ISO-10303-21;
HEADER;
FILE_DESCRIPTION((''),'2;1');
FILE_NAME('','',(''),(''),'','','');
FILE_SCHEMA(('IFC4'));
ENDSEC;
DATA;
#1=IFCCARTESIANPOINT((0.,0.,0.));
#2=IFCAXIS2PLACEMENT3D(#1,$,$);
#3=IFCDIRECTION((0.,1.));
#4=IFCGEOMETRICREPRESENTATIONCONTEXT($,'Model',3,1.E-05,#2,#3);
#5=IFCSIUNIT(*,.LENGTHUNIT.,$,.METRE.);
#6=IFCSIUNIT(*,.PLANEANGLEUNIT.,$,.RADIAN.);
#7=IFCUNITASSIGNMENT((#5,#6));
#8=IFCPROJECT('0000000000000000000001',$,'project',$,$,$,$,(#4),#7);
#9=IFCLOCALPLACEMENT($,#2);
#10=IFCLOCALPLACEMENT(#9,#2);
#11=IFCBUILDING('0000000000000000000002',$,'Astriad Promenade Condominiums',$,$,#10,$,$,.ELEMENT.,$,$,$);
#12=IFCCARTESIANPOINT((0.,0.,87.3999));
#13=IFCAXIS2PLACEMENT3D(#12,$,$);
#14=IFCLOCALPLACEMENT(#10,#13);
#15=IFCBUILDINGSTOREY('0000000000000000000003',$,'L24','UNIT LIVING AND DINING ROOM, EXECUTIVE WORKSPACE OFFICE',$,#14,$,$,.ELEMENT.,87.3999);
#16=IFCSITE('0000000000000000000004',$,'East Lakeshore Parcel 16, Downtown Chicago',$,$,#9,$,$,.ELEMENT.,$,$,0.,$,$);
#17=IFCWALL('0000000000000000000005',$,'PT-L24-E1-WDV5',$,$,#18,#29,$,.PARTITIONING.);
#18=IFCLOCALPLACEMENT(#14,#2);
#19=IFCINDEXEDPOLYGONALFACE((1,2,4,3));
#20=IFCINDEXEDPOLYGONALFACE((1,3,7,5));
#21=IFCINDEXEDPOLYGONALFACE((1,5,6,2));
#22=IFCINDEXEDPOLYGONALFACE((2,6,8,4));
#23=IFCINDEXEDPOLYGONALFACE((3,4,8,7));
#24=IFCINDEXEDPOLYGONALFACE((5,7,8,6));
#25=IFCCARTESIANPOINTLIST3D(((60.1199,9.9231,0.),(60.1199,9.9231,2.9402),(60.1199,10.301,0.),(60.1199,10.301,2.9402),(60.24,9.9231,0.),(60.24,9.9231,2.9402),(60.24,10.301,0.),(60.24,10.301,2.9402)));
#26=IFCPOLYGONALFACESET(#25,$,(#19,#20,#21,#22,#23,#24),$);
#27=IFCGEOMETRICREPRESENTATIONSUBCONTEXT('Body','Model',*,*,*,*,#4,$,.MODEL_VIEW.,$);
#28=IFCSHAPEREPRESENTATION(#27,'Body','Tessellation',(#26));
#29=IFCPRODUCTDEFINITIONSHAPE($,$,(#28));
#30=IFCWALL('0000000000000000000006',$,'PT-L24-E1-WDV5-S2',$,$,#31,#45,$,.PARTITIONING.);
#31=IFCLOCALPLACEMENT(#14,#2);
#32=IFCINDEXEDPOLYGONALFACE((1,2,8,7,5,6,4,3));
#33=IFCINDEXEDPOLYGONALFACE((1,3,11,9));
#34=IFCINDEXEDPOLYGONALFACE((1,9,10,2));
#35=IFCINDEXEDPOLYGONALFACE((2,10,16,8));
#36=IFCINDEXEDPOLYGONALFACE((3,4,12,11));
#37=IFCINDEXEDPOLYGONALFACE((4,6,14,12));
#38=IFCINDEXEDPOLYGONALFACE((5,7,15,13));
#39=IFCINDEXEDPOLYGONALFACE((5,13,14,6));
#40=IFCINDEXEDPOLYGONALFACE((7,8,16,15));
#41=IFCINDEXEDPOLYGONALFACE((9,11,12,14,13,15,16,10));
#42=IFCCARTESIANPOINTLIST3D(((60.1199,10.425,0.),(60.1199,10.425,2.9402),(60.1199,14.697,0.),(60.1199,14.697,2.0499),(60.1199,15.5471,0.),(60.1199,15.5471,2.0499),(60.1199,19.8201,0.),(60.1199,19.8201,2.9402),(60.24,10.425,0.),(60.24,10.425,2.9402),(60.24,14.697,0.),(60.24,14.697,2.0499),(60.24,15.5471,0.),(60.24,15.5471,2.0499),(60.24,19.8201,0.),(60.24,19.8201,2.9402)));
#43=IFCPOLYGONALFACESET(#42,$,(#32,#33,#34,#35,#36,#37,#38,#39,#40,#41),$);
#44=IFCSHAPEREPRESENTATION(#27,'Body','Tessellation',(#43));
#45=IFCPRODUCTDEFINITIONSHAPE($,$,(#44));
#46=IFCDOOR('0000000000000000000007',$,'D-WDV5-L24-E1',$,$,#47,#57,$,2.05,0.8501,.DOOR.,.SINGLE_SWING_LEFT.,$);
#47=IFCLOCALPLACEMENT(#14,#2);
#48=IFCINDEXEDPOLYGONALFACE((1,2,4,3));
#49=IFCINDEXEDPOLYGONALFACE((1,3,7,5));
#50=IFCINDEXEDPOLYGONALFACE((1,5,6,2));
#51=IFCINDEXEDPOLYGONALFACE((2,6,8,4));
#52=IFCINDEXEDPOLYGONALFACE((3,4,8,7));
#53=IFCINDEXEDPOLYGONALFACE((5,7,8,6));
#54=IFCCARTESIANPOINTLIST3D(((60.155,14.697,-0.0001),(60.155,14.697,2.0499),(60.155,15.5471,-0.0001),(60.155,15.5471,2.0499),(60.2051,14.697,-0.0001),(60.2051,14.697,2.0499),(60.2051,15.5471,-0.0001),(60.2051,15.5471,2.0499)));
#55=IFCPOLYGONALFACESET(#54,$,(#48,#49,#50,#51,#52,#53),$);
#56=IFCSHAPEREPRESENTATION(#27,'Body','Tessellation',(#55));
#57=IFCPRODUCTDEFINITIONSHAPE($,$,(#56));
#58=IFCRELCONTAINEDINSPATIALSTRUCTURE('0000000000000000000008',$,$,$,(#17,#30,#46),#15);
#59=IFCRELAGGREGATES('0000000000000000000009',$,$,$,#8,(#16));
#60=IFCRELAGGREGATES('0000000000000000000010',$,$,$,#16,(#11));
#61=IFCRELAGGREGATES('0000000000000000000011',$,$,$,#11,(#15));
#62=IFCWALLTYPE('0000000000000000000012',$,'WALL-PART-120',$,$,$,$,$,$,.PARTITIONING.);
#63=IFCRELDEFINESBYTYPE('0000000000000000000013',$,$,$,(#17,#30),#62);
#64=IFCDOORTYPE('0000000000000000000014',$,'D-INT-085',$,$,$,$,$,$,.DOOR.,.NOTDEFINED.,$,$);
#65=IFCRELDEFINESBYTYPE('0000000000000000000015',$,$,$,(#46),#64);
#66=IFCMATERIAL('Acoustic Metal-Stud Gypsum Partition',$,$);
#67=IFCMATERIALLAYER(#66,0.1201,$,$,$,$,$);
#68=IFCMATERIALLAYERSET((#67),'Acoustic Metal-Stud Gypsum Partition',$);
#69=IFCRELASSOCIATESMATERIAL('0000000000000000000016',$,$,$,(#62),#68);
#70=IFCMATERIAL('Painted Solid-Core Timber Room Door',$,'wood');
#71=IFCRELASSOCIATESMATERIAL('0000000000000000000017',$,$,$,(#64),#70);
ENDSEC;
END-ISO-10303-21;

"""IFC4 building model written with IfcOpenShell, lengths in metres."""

from ifc_helpers import new_model, si_unit, direction, frame, frame_2d, origin, place, context, subcontext, project, spatial, rectangle, extrude, source, transform, mapped, material, layer, layer_set, type_object, type_shapes, element, fill, save


model = new_model("IFC4")

# Units and contexts
model_context = context("Model", 3, precision=1e-05, world=origin(), true_north=direction((0.0, 1.0)))
body_context = subcontext(model_context, "Body", "Model", "MODEL_VIEW")
ifc_project = project(units=[si_unit("LENGTHUNIT", "METRE"), si_unit("PLANEANGLEUNIT", "RADIAN")], contexts=[model_context])

# Site, building, storey
site_placement = place(None, origin())
site = spatial("IfcSite", under=ifc_project, at=site_placement, Name="East Lakeshore Parcel 16, Downtown Chicago", CompositionType="ELEMENT", RefElevation=0.0)
building_placement = place(site_placement, origin())
building = spatial("IfcBuilding", under=site, at=building_placement, Name="Astriad Promenade Condominiums", CompositionType="ELEMENT")
storey_placement = place(building_placement, frame((0.0, 0.0, 87.3999)))
storey = spatial("IfcBuildingStorey", under=building, at=storey_placement, Name="L24", Description="UNIT LIVING AND DINING ROOM, EXECUTIVE WORKSPACE OFFICE", CompositionType="ELEMENT", Elevation=87.3999)

# Shared definitions
ifc_material_1 = material(Name="Acoustic Metal-Stud Gypsum Partition")
ifc_layer_1 = layer(ifc_material_1, 0.1201)
ifc_layer_set_1 = layer_set([ifc_layer_1], Name="Acoustic Metal-Stud Gypsum Partition")
wall_type_1 = type_object("IfcWallType", Name="WALL-PART-120", PredefinedType="PARTITIONING", material=ifc_layer_set_1)

# Shared definitions
ifc_material_2 = material(Name="Painted Solid-Core Timber Room Door", Category="wood")
door_type_1 = type_object("IfcDoorType", Name="D-INT-085", OperationType="NOTDEFINED", PredefinedType="DOOR", material=ifc_material_2)
shared_shape_1 = source(origin(), body_context, "Body", "SweptSolid", [
    extrude(rectangle(XDim=0.8501, YDim=2.05, at=frame_2d((0.425, 1.0249))), frame((0.0, 0.0249, 0.0), z_axis=(0.0, -1.0, 0.0), x_axis=(1.0, 0.0, 0.0)), (0.0, 0.0, 1.0), 0.05),
])
type_shapes(door_type_1, [shared_shape_1])

# Wall
wall_1_placement = place(storey_placement, frame((60.1799, 9.9231, 0.0), z_axis=(0.0, 0.0, 1.0), x_axis=(0.0, 1.0, 0.0)))
element("IfcWall", 1, at=wall_1_placement, inside=storey, type_object=wall_type_1, Name="PT-L24-E1-WDV5", PredefinedType="PARTITIONING", context=body_context, shape_type="SweptSolid", body=[
    extrude(rectangle(XDim=0.3779, YDim=0.1201, at=frame_2d((0.189, 0.0))), origin(), (0.0, 0.0, 1.0), 2.9402),
])

# Wall, opening, door
wall_2_placement = place(storey_placement, frame((60.1799, 10.425, 0.0), z_axis=(0.0, 0.0, 1.0), x_axis=(0.0, 1.0, 0.0)))
wall_2 = element("IfcWall", 2, at=wall_2_placement, inside=storey, type_object=wall_type_1, Name="PT-L24-E1-WDV5-S2", PredefinedType="PARTITIONING", context=body_context, shape_type="SweptSolid", body=[
    extrude(rectangle(XDim=9.395, YDim=0.1201, at=frame_2d((4.6975, 0.0))), origin(), (0.0, 0.0, 1.0), 2.9402),
])
opening_1_placement = place(wall_2_placement, frame((4.272, 0.0, 0.0)))
opening_1 = element("IfcOpeningElement", 3, at=opening_1_placement, cuts=wall_2, PredefinedType="OPENING", context=body_context, shape_type="SweptSolid", body=[
    extrude(rectangle(XDim=0.8501, YDim=2.05, at=frame_2d((0.425, 1.0249))), frame((0.0, 0.0701, 0.0), z_axis=(0.0, -1.0, 0.0), x_axis=(1.0, 0.0, 0.0)), (0.0, 0.0, 1.0), 0.1401),
])
door_1_placement = place(opening_1_placement, origin())
door_1 = element("IfcDoor", 4, at=door_1_placement, inside=storey, type_object=door_type_1, Name="D-WDV5-L24-E1", OperationType="SINGLE_SWING_LEFT", OverallHeight=2.05, OverallWidth=0.8501, PredefinedType="DOOR", context=body_context, shape_type="MappedRepresentation", body=[
    mapped(shared_shape_1, transform((0.0, 0.0, 0.0), scale=1.0)),
])
fill(opening_1, door_1)

save(model, "model.ifc")
